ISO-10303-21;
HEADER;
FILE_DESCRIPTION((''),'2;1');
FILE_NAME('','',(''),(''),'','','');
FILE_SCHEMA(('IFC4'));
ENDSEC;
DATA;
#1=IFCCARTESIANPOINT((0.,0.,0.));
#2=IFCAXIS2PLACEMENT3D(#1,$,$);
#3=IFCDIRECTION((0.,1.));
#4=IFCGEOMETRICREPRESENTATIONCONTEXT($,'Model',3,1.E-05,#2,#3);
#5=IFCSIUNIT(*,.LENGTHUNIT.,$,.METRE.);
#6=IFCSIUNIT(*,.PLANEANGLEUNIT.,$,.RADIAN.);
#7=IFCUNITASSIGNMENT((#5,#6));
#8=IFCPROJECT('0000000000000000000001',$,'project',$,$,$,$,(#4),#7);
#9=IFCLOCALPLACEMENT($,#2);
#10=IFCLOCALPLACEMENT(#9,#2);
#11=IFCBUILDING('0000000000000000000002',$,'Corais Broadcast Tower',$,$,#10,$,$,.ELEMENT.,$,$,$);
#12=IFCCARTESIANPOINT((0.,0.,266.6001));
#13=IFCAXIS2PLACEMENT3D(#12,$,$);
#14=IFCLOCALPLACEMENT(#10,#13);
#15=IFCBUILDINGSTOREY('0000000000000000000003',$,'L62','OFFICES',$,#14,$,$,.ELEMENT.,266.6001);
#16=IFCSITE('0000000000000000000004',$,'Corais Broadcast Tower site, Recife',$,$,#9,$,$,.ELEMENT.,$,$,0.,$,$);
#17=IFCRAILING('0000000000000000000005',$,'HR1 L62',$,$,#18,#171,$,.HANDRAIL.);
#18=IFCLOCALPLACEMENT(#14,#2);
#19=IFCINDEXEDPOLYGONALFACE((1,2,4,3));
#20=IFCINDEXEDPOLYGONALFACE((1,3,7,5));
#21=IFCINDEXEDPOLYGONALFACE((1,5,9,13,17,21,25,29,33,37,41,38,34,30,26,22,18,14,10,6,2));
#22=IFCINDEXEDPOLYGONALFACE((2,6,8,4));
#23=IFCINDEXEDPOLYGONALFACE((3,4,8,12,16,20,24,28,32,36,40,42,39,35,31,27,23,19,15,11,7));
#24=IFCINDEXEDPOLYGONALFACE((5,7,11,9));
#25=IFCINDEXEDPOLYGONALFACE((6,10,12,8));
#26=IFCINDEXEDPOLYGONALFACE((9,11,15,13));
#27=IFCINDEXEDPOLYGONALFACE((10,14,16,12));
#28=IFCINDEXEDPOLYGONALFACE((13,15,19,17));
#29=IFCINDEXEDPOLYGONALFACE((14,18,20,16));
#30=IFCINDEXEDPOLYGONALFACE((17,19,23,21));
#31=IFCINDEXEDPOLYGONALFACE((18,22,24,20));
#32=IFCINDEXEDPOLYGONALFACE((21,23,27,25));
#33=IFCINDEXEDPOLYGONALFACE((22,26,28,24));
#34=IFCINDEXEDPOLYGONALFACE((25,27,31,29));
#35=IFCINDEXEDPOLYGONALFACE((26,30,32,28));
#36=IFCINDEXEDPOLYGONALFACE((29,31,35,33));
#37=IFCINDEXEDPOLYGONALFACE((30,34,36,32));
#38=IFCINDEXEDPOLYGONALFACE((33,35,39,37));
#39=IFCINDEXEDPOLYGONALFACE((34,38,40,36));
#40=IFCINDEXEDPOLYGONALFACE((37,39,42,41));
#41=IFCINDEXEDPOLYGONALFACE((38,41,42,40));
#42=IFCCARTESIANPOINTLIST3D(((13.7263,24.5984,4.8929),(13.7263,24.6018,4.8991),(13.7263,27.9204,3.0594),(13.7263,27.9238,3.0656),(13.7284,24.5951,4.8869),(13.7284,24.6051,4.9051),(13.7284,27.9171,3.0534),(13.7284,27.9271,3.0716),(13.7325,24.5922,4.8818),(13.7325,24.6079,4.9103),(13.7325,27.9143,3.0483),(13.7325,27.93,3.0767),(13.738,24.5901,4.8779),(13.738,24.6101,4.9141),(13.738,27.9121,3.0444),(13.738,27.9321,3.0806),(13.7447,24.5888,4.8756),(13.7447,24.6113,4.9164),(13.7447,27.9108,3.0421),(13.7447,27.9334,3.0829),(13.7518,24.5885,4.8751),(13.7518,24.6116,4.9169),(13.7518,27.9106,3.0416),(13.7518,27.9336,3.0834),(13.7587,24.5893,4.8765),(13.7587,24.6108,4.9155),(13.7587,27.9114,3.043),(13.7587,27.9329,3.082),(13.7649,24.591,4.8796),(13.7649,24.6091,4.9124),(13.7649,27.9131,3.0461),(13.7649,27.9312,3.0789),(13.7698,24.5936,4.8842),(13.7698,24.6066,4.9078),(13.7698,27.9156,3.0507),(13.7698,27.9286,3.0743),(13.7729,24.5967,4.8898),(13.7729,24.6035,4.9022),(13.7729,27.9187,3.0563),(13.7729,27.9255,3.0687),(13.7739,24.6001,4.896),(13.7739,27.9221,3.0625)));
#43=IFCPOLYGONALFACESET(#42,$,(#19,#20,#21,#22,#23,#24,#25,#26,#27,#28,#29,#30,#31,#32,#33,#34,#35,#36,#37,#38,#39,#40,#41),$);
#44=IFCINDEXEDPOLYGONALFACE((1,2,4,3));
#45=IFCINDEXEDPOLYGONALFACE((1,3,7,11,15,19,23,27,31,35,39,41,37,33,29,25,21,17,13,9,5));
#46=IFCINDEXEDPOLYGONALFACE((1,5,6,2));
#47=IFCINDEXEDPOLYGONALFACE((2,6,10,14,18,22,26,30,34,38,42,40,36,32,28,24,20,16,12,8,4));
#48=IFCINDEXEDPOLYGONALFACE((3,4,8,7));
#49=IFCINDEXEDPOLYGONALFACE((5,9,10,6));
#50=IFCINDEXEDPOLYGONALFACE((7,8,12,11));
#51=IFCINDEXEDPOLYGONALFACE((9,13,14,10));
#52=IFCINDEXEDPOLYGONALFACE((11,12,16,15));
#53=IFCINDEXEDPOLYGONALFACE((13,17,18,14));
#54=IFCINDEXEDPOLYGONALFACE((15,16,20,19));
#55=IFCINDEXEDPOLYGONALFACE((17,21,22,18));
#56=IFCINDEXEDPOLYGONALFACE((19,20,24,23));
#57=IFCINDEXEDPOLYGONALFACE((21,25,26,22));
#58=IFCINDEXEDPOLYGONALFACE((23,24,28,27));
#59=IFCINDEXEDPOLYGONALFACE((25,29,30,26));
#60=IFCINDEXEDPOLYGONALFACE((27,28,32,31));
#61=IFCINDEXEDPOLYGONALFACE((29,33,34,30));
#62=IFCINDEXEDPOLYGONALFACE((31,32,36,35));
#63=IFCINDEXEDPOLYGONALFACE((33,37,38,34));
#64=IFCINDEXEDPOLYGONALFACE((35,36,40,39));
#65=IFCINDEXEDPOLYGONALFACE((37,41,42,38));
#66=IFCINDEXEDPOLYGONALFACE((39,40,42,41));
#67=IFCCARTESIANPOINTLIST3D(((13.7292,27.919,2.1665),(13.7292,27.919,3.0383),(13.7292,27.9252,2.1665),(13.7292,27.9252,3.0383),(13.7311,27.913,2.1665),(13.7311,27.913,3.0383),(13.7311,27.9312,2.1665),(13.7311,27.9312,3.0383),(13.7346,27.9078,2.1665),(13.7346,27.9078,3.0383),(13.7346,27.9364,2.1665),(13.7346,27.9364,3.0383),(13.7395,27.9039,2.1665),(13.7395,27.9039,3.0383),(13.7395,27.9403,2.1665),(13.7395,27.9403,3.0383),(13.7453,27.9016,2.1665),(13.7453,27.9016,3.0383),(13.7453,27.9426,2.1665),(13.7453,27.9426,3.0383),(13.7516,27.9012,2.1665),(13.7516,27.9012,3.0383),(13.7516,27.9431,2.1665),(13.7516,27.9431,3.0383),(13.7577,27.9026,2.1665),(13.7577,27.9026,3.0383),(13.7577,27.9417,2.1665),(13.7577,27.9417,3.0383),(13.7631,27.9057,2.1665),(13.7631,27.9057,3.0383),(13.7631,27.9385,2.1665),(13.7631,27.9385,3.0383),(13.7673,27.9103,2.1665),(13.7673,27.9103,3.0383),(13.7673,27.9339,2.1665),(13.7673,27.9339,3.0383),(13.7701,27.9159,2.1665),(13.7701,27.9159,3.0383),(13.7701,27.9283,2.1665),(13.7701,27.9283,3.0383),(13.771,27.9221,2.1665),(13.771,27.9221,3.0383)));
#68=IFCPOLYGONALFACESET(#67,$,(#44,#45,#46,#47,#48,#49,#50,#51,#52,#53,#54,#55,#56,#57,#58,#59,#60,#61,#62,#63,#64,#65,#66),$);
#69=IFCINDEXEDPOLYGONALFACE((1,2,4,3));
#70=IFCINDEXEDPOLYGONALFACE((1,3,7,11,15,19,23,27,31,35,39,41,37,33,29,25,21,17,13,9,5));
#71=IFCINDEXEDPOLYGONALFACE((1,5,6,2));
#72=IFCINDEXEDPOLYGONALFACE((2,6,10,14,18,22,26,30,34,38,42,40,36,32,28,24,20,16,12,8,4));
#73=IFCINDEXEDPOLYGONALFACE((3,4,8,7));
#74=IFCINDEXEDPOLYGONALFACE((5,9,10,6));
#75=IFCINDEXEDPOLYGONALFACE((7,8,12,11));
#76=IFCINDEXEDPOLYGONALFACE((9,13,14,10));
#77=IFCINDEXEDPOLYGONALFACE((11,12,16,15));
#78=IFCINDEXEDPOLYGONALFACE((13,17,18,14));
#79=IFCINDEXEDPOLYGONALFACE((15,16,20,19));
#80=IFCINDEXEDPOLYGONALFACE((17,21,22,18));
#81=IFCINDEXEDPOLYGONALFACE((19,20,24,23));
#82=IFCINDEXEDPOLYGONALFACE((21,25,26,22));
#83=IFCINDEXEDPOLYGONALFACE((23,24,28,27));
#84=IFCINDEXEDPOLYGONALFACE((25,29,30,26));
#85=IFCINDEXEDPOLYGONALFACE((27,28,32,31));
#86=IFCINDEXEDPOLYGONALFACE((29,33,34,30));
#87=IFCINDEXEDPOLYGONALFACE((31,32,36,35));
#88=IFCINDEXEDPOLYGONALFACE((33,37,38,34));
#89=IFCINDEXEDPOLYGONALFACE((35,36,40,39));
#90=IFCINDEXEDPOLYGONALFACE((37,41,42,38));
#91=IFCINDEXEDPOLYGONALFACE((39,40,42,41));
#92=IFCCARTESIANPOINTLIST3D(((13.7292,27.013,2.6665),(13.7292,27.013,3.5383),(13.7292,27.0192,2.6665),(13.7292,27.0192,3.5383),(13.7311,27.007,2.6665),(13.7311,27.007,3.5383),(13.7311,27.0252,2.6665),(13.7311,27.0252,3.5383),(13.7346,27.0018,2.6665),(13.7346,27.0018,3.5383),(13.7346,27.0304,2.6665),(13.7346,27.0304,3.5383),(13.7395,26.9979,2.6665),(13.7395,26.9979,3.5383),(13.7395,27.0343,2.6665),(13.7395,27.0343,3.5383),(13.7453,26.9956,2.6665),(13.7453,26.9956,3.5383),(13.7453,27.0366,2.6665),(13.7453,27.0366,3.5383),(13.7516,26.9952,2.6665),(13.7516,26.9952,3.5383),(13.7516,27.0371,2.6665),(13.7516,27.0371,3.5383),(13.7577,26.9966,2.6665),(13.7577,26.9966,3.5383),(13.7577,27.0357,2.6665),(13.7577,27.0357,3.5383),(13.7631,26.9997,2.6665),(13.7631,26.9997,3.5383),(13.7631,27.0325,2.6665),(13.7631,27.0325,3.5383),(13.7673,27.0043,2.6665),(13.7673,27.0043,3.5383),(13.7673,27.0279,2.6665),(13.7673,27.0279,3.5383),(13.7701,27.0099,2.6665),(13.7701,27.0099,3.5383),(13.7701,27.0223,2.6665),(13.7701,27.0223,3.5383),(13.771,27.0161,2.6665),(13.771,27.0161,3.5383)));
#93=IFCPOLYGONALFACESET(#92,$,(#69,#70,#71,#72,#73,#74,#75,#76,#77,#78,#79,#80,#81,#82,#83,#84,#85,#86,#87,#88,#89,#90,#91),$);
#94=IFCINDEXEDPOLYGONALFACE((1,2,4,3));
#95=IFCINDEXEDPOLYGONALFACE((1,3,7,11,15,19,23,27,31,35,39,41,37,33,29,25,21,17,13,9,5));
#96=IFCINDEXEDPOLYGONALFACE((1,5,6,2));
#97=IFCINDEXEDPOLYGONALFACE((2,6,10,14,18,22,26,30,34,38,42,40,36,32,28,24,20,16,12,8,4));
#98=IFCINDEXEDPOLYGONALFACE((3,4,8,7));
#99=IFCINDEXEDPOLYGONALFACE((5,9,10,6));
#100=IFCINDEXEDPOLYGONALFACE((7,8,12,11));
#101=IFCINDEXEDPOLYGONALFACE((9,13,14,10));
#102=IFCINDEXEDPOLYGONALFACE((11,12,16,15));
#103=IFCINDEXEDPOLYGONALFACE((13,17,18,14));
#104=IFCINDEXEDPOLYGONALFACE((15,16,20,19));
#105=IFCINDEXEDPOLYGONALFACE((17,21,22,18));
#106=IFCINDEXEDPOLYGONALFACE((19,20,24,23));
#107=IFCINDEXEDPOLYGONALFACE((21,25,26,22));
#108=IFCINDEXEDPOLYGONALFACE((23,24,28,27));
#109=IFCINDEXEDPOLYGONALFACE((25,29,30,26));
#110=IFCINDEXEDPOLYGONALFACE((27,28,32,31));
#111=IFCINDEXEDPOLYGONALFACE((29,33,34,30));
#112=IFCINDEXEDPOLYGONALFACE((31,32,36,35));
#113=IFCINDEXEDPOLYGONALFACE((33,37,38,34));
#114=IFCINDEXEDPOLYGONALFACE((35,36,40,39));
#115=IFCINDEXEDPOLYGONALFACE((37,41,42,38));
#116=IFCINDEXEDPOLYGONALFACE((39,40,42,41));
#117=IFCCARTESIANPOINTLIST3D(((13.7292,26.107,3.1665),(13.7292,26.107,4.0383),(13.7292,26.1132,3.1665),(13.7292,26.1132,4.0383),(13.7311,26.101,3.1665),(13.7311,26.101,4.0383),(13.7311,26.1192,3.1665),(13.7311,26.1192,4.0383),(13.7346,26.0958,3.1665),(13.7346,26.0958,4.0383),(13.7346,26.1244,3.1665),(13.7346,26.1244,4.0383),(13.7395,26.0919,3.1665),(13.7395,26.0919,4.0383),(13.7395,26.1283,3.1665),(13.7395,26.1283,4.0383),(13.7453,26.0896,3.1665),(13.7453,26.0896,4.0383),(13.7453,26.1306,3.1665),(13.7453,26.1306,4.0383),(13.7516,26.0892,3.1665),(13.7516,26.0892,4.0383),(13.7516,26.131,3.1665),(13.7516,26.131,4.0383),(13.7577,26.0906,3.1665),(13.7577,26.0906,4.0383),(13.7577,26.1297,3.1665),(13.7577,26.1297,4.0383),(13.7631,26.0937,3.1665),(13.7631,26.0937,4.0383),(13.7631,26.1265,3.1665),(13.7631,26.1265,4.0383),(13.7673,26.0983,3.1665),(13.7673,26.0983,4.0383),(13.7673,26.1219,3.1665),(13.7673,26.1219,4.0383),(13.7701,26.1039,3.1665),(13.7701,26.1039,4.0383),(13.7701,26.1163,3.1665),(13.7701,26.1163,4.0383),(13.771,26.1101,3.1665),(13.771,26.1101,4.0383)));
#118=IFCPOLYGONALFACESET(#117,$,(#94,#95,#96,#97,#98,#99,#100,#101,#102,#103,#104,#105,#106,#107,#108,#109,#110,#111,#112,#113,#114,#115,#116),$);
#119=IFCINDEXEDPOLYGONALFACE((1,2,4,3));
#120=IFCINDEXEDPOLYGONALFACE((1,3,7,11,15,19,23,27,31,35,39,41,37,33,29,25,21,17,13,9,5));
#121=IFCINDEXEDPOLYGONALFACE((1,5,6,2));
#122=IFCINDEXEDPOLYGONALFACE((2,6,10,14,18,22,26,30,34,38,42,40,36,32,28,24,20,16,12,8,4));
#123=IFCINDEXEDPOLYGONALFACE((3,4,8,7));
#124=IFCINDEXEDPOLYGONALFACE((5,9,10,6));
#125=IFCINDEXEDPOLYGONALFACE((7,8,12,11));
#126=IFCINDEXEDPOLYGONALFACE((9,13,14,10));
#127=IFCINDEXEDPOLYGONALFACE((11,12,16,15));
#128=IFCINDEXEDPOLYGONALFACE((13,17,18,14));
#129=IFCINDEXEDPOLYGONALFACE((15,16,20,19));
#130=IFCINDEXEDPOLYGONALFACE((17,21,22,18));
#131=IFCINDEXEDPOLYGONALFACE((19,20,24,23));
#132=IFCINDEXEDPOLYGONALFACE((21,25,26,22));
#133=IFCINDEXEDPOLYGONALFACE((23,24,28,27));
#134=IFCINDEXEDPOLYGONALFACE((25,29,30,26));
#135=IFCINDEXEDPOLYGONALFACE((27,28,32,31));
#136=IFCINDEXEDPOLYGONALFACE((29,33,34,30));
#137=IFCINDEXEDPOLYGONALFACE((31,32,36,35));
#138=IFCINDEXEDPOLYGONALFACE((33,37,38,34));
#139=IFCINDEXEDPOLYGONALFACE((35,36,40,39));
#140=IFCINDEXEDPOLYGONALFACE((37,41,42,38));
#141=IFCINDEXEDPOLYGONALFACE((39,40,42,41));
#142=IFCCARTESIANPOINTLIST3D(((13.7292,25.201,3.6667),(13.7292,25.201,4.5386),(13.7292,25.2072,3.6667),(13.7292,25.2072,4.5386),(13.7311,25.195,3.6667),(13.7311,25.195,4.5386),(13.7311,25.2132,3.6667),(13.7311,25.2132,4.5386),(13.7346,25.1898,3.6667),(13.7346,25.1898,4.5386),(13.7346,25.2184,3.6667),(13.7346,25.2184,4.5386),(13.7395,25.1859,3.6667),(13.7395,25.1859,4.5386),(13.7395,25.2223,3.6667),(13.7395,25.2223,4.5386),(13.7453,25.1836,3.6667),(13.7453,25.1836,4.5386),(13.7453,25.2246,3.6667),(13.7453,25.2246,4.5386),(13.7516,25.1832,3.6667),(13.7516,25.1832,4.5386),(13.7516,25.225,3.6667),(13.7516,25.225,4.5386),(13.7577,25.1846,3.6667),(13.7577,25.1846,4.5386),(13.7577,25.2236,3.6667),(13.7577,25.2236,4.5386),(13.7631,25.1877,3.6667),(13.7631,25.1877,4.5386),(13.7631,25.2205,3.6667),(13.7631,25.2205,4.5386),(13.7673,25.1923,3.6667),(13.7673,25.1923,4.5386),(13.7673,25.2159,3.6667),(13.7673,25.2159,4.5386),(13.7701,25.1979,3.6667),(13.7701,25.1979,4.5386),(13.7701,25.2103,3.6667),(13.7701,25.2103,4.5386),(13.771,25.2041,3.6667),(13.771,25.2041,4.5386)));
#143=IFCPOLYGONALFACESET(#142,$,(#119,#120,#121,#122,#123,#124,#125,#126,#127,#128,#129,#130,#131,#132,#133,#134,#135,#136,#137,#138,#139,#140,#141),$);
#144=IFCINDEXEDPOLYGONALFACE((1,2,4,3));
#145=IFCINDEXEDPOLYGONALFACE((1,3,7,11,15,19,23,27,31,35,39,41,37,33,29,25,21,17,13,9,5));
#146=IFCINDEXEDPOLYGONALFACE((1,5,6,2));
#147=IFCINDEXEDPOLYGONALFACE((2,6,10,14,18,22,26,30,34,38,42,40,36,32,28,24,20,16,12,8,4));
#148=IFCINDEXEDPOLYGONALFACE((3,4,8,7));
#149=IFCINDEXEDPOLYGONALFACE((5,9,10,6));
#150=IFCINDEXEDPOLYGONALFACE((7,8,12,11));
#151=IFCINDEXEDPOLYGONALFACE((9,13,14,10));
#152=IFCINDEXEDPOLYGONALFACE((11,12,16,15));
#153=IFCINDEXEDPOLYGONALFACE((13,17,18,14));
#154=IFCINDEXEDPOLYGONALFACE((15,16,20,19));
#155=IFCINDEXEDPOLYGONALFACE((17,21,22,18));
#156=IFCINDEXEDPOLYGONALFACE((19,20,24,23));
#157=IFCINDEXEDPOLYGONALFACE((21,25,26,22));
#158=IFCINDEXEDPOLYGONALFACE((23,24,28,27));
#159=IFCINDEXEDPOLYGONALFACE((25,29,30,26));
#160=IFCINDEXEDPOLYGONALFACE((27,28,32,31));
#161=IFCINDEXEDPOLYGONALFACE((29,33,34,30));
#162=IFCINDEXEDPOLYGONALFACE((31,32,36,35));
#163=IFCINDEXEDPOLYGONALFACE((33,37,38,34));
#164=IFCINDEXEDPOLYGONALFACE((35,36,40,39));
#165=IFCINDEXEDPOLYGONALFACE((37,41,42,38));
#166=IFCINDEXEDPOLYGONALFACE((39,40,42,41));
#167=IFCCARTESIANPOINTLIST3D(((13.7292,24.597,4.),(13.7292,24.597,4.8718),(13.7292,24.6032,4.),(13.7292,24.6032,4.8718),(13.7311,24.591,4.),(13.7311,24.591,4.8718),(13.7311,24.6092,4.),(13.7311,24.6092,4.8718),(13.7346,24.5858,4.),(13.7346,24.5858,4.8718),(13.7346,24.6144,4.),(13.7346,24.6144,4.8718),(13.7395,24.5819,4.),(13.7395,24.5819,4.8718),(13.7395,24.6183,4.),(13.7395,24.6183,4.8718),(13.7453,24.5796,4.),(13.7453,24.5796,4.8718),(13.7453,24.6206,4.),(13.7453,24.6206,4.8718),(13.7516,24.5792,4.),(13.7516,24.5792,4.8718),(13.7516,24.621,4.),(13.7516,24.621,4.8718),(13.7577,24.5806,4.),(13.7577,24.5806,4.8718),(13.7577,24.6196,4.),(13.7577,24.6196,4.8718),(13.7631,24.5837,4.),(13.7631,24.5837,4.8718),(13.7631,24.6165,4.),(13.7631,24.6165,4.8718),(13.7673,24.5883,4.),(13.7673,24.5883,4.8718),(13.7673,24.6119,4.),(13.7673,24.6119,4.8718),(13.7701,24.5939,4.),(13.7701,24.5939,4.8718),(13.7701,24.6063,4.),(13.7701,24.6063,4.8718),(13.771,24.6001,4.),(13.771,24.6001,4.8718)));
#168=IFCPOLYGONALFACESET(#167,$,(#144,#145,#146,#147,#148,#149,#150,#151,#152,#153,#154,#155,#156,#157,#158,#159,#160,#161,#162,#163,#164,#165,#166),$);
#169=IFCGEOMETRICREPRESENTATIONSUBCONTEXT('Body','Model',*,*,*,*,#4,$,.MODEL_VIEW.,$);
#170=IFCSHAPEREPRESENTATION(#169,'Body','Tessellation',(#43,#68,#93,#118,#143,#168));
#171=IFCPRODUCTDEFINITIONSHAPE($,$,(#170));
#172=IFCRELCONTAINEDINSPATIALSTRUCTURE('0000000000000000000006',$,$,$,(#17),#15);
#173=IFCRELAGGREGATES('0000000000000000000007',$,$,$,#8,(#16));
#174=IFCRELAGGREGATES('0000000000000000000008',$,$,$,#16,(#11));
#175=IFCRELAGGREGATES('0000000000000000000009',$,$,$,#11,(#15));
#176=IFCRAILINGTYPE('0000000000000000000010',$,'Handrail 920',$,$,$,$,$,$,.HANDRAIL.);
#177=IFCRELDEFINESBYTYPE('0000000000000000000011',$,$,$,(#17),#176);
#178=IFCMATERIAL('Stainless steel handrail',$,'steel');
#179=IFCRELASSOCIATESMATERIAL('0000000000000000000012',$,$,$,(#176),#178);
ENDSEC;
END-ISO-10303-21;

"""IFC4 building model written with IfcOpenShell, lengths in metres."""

from ifc_helpers import new_model, si_unit, direction, frame, origin, origin_2d, place, context, subcontext, project, spatial, circle, extrude, material, type_object, element, save


model = new_model("IFC4")

# Units and contexts
model_context = context("Model", 3, precision=1e-05, world=origin(), true_north=direction((0.0, 1.0)))
body_context = subcontext(model_context, "Body", "Model", "MODEL_VIEW")
ifc_project = project(units=[si_unit("LENGTHUNIT", "METRE"), si_unit("PLANEANGLEUNIT", "RADIAN")], contexts=[model_context])

# Site, building, storey
site_placement = place(None, origin())
site = spatial("IfcSite", under=ifc_project, at=site_placement, Name="Corais Broadcast Tower site, Recife", CompositionType="ELEMENT", RefElevation=0.0)
building_placement = place(site_placement, origin())
building = spatial("IfcBuilding", under=site, at=building_placement, Name="Corais Broadcast Tower", CompositionType="ELEMENT")
storey_placement = place(building_placement, frame((0.0, 0.0, 266.6001)))
storey = spatial("IfcBuildingStorey", under=building, at=storey_placement, Name="L62", Description="OFFICES", CompositionType="ELEMENT", Elevation=266.6001)

# Railing
ifc_material_1 = material(Name="Stainless steel handrail", Category="steel")
railing_type = type_object("IfcRailingType", Name="Handrail 920", PredefinedType="HANDRAIL", material=ifc_material_1)
for number, where, name in (
    (1, (13.75, 27.9221, 2.1665), "HR1 L62"),
):
    element("IfcRailing", number, at=place(storey_placement, frame(where)), inside=storey, type_object=railing_type, Name=name, PredefinedType="HANDRAIL", context=body_context, shape_type="SweptSolid", body=[
        extrude(circle(Radius=0.0239, at=origin_2d()), frame((0.0, 0.0, 0.896), z_axis=(0.0, -0.875504, 0.48321), x_axis=(1.0, 0.0, 0.0)), (0.0, 0.0, 1.0), 3.7944),
        extrude(circle(Radius=0.021, at=origin_2d()), origin(), (0.0, 0.0, 1.0), 0.8718),
        extrude(circle(Radius=0.021, at=origin_2d()), frame((0.0, -0.906, 0.5)), (0.0, 0.0, 1.0), 0.8718),
        extrude(circle(Radius=0.021, at=origin_2d()), frame((0.0, -1.812, 1.0)), (0.0, 0.0, 1.0), 0.8718),
        extrude(circle(Radius=0.021, at=origin_2d()), frame((0.0, -2.718, 1.5002)), (0.0, 0.0, 1.0), 0.8718),
        extrude(circle(Radius=0.021, at=origin_2d()), frame((0.0, -3.322, 1.8335)), (0.0, 0.0, 1.0), 0.8718),
    ])

save(model, "model.ifc")
